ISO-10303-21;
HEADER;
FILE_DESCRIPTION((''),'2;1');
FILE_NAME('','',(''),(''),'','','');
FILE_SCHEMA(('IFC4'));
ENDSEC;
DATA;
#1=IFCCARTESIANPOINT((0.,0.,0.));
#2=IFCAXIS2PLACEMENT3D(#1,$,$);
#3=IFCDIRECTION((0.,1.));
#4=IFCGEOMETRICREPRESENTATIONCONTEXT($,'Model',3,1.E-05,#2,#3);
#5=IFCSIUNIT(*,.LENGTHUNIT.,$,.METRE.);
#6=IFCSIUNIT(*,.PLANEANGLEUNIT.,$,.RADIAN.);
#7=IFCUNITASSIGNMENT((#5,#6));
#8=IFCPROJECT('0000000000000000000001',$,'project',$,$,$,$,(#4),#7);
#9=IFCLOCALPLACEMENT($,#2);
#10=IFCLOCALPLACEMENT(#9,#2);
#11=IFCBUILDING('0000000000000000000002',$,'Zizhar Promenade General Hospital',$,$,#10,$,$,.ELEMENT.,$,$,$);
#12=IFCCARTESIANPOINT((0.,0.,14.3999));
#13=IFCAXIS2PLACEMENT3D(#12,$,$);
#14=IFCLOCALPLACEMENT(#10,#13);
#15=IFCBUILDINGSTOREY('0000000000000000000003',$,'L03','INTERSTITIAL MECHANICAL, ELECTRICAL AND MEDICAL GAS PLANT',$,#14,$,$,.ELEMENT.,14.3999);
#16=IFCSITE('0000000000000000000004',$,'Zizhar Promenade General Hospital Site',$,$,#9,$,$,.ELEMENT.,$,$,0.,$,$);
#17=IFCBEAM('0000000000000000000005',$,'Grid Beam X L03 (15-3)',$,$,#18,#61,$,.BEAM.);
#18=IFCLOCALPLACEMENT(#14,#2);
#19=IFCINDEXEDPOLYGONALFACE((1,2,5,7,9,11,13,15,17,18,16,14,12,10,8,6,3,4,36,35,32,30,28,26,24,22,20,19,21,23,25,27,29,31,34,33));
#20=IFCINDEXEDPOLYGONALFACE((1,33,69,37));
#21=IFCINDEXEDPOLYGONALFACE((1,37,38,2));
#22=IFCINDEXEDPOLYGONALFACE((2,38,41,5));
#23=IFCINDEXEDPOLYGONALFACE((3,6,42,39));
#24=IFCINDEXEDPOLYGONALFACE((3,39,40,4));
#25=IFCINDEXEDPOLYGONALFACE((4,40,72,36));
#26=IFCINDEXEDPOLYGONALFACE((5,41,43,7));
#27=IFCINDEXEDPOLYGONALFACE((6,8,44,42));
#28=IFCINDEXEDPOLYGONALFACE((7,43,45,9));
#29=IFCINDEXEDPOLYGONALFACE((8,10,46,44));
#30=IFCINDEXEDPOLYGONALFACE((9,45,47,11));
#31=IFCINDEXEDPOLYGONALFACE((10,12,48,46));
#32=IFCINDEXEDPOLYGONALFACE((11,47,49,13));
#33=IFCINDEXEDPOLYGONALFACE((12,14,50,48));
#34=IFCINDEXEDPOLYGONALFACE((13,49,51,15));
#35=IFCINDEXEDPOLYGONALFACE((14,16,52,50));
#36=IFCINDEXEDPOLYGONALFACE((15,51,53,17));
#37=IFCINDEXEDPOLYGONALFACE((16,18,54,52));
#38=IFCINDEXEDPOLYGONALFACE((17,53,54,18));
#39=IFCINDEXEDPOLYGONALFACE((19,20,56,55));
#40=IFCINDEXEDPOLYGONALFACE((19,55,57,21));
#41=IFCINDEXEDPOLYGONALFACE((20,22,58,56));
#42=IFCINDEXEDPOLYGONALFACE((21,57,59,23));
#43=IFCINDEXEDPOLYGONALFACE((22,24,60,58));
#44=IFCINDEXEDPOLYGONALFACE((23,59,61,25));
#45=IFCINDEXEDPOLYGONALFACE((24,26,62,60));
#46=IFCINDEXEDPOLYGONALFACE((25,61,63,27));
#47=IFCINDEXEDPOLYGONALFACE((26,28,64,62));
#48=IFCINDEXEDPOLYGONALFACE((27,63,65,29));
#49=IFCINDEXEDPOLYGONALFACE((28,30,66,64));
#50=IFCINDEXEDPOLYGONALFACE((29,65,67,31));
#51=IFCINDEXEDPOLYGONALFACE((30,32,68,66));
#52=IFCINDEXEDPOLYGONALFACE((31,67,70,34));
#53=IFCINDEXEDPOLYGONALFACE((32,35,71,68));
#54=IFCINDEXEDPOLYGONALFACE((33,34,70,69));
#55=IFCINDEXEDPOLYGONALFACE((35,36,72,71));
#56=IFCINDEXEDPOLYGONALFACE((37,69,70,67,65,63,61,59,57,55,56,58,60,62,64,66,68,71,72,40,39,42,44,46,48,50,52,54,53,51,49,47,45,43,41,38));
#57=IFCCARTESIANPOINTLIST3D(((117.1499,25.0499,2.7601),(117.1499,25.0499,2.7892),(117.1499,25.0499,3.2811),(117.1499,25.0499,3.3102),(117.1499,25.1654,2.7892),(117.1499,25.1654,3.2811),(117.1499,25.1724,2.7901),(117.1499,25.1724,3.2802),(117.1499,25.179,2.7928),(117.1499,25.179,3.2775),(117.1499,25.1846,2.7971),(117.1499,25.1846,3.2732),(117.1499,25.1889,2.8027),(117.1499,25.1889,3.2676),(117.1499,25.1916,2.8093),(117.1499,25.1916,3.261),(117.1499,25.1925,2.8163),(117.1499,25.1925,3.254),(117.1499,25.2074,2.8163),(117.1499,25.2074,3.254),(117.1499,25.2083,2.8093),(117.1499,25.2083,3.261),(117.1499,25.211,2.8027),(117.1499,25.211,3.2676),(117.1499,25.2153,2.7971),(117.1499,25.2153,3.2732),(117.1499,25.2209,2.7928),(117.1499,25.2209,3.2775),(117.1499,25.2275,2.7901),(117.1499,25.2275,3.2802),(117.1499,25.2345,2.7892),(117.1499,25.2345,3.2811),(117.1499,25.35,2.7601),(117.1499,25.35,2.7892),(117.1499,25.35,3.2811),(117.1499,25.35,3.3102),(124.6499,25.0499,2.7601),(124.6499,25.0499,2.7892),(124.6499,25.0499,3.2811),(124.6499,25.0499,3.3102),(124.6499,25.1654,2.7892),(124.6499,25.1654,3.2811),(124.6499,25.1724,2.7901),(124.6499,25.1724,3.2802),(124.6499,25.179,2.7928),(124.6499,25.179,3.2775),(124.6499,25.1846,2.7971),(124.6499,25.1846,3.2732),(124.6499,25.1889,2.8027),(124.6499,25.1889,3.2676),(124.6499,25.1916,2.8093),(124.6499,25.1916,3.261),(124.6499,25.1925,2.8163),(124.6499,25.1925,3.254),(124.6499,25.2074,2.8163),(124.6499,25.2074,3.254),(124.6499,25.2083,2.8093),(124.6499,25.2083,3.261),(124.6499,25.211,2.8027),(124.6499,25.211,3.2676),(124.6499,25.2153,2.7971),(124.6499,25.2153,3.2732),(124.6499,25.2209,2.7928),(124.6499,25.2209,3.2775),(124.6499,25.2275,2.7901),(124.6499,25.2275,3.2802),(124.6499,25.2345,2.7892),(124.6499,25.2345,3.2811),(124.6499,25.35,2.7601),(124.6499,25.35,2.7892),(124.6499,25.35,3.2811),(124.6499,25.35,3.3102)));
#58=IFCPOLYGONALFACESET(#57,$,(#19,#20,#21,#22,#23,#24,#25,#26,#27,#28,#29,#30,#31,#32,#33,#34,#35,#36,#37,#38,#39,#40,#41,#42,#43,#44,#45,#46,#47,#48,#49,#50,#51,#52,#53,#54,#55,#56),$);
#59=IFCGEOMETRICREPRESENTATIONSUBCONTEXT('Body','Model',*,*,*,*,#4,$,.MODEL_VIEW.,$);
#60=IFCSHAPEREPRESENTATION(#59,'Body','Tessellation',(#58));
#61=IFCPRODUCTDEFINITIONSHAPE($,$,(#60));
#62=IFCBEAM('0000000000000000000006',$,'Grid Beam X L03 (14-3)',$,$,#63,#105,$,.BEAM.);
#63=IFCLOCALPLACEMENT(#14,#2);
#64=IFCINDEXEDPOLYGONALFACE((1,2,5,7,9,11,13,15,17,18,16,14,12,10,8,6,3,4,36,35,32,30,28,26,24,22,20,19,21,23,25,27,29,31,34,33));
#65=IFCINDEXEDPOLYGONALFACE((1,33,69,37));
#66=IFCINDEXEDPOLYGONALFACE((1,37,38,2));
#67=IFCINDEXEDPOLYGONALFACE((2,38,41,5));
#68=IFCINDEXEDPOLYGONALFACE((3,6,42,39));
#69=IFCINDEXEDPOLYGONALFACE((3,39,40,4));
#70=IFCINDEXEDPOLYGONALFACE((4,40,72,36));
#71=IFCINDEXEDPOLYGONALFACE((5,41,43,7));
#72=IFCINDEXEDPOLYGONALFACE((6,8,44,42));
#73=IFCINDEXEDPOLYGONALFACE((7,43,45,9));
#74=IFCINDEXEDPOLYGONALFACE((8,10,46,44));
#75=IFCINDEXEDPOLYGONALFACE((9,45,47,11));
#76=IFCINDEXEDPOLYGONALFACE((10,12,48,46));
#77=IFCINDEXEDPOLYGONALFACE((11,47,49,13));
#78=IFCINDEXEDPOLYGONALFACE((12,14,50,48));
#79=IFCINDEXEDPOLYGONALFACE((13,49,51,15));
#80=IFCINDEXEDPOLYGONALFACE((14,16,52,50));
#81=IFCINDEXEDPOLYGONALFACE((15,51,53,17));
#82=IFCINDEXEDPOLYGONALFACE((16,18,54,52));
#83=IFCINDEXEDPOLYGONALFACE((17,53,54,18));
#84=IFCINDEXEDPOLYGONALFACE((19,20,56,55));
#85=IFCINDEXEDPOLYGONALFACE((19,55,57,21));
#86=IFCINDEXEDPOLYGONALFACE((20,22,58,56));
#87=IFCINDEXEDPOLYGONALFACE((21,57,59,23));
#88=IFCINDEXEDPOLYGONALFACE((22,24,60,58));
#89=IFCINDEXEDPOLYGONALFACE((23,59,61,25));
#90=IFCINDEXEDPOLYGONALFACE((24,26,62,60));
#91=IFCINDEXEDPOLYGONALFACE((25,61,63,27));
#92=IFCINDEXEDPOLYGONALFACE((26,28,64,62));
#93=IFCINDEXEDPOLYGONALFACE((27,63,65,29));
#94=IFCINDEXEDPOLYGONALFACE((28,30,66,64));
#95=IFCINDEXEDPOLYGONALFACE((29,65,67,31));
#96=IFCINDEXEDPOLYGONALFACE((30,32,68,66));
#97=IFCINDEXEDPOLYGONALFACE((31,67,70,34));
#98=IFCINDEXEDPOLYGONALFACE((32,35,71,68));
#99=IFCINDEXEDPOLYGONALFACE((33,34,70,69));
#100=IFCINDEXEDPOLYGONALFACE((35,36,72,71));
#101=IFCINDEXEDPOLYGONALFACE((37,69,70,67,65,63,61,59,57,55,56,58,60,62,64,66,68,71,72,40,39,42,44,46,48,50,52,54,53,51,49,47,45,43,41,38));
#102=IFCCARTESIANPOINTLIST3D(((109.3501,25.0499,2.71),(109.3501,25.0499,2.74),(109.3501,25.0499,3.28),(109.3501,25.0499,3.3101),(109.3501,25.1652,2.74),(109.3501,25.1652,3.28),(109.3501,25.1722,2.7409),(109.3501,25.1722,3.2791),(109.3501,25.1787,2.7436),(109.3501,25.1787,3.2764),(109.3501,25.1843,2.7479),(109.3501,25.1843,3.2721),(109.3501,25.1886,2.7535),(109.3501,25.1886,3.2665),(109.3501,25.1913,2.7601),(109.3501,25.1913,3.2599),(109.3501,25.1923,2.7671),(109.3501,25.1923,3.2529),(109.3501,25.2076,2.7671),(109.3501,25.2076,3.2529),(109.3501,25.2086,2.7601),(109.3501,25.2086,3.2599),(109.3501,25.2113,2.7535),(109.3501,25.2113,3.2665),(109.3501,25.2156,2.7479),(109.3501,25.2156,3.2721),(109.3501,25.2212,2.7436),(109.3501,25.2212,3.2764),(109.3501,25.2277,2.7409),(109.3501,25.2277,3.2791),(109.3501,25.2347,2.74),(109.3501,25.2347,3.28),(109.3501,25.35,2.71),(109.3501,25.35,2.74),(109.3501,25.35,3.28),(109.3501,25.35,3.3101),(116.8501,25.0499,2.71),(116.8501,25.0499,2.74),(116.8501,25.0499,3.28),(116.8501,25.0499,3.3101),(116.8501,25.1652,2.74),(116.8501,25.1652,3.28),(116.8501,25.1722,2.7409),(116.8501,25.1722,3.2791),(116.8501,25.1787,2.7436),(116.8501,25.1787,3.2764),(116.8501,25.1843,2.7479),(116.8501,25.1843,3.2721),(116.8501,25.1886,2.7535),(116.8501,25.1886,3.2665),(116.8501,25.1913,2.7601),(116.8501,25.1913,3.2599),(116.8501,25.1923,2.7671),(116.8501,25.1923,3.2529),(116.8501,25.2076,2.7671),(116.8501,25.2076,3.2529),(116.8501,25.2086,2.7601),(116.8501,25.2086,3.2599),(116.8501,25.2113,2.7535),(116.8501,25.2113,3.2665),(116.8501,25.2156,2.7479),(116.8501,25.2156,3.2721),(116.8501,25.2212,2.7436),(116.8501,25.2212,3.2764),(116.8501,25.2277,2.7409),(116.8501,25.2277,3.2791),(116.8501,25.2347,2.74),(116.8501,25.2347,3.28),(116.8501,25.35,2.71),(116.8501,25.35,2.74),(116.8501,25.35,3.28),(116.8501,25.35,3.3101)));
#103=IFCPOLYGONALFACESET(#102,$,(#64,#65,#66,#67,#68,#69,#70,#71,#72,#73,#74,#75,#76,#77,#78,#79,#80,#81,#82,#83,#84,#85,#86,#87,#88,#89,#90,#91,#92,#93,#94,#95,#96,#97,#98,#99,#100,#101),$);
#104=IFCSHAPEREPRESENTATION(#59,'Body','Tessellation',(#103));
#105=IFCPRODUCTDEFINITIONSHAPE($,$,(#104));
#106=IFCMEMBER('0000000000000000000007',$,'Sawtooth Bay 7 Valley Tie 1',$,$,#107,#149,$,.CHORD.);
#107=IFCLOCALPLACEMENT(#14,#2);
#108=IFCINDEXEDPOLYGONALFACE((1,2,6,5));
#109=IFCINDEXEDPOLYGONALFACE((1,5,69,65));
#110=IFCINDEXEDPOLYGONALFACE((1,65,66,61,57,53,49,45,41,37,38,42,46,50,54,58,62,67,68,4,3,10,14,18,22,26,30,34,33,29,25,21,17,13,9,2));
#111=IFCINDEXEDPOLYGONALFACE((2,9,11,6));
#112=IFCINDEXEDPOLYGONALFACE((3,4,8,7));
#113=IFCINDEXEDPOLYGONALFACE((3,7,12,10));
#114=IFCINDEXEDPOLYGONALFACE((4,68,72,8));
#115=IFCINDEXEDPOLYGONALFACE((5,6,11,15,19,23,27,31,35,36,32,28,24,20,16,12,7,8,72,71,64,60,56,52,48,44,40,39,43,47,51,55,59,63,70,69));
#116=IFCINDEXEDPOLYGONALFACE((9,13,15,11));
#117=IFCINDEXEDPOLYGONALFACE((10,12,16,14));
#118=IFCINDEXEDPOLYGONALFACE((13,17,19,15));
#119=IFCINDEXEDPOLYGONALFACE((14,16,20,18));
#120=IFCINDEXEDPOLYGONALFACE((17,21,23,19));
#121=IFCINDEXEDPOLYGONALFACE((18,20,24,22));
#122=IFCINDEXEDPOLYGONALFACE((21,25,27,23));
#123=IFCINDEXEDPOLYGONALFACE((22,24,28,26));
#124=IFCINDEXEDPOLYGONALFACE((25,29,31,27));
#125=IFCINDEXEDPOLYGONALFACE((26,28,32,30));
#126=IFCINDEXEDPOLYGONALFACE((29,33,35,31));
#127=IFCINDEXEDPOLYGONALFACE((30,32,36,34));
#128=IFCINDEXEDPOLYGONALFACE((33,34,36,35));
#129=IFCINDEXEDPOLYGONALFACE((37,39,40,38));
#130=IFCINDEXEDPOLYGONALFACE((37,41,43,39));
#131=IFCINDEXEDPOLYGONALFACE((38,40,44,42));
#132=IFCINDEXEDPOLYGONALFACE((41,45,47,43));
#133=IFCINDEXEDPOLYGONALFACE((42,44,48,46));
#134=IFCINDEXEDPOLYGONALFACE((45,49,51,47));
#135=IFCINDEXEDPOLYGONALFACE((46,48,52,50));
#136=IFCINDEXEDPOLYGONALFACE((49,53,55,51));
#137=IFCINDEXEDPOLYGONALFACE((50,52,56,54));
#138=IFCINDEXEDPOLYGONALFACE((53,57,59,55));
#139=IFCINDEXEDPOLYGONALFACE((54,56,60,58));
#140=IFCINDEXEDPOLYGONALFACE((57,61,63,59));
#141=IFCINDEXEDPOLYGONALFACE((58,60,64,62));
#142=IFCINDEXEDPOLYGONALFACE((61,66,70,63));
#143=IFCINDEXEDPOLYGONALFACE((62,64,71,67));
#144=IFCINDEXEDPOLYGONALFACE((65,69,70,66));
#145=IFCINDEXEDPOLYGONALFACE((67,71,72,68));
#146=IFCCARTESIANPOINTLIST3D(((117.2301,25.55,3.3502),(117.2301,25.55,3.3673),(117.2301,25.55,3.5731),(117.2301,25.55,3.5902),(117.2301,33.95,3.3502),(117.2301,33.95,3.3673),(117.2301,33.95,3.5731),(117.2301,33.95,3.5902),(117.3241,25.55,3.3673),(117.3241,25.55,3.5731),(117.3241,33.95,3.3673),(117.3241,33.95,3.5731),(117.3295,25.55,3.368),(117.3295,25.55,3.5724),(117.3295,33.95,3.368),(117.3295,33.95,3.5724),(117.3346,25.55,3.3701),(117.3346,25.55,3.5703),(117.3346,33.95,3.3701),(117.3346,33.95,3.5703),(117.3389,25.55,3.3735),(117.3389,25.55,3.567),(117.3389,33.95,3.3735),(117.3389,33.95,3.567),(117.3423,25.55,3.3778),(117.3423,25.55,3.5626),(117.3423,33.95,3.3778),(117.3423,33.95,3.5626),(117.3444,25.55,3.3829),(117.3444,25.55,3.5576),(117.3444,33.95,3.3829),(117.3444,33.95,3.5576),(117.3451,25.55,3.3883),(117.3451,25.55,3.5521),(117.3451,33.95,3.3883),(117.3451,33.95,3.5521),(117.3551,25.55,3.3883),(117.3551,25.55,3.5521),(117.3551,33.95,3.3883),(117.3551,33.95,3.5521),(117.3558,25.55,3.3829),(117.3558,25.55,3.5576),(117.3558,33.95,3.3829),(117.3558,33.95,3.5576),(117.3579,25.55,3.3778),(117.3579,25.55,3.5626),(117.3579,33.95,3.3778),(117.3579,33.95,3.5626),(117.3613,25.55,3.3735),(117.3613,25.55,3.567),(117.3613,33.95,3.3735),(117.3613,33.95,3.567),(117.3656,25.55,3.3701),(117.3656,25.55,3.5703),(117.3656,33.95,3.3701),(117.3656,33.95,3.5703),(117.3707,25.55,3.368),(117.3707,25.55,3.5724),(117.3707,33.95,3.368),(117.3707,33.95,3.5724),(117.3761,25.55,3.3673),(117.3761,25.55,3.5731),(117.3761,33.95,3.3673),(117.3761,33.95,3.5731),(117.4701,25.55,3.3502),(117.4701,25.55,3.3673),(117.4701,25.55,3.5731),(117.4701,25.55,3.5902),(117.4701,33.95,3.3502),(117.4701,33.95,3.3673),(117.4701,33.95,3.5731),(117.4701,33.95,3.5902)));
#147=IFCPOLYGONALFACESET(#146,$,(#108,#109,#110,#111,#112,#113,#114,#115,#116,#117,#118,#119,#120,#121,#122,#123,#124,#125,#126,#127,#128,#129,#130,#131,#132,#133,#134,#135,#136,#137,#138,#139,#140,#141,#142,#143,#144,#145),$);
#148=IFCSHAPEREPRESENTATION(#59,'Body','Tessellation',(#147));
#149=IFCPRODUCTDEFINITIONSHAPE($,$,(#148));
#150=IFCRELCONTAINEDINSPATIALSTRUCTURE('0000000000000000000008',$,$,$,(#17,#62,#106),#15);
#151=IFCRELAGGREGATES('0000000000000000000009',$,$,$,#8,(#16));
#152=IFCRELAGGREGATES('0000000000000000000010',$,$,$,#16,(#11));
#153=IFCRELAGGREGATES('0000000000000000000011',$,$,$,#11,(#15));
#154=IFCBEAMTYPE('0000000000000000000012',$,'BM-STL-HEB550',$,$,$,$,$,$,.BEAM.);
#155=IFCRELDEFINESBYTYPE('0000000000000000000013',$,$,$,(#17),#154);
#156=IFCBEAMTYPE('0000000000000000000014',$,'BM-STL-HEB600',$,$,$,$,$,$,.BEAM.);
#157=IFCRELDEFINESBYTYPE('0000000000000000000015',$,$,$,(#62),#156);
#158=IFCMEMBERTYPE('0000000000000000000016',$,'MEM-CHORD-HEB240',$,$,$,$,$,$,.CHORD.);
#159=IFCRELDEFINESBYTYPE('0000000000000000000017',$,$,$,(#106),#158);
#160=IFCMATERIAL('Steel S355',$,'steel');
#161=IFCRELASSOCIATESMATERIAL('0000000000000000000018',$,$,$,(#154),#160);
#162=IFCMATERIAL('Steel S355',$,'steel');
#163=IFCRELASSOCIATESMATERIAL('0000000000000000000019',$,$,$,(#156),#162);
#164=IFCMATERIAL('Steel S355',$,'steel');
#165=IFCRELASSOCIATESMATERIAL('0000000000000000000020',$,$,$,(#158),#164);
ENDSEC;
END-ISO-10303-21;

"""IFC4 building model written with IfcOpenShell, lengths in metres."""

from ifc_helpers import new_model, si_unit, direction, frame, origin, origin_2d, place, context, subcontext, project, spatial, i_section, extrude, material, material_profile, profile_set, type_object, element, save


model = new_model("IFC4")

# Units and contexts
model_context = context("Model", 3, precision=1e-05, world=origin(), true_north=direction((0.0, 1.0)))
body_context = subcontext(model_context, "Body", "Model", "MODEL_VIEW")
ifc_project = project(units=[si_unit("LENGTHUNIT", "METRE"), si_unit("PLANEANGLEUNIT", "RADIAN")], contexts=[model_context])

# Site, building, storey
site_placement = place(None, origin())
site = spatial("IfcSite", under=ifc_project, at=site_placement, Name="Zizhar Promenade General Hospital Site", CompositionType="ELEMENT", RefElevation=0.0)
building_placement = place(site_placement, origin())
building = spatial("IfcBuilding", under=site, at=building_placement, Name="Zizhar Promenade General Hospital", CompositionType="ELEMENT")
storey_placement = place(building_placement, frame((0.0, 0.0, 14.3999)))
storey = spatial("IfcBuildingStorey", under=building, at=storey_placement, Name="L03", Description="INTERSTITIAL MECHANICAL, ELECTRICAL AND MEDICAL GAS PLANT", CompositionType="ELEMENT", Elevation=14.3999)

# Beams
ifc_material_1 = material(Name="Steel S355", Category="steel")
ifc_material_profile_1 = material_profile(ifc_material_1, i_section(OverallWidth=0.3, OverallDepth=0.55, WebThickness=0.0149, FlangeThickness=0.0291, FilletRadius=0.0271, at=origin_2d()))
ifc_profile_set_1 = profile_set([ifc_material_profile_1], Name="Steel S355")
beam_type_1 = type_object("IfcBeamType", Name="BM-STL-HEB550", PredefinedType="BEAM", material=ifc_profile_set_1)
beam_1_placement = place(storey_placement, frame((117.1499, 25.2, 3.0352), z_axis=(1.0, 0.0, 0.0), x_axis=(0.0, 1.0, 0.0)))
element("IfcBeam", 1, at=beam_1_placement, inside=storey, type_object=beam_type_1, Name="Grid Beam X L03 (15-3)", PredefinedType="BEAM", context=body_context, shape_type="SweptSolid", body=[
    extrude(i_section(OverallWidth=0.3, OverallDepth=0.55, WebThickness=0.0149, FlangeThickness=0.0291, FilletRadius=0.0271, at=origin_2d()), origin(), (0.0, 0.0, 1.0), 7.5),
])
ifc_material_2 = material(Name="Steel S355", Category="steel")
ifc_material_profile_2 = material_profile(ifc_material_2, i_section(OverallWidth=0.3, OverallDepth=0.6001, WebThickness=0.0154, FlangeThickness=0.03, FilletRadius=0.0271, at=origin_2d()))
ifc_profile_set_2 = profile_set([ifc_material_profile_2], Name="Steel S355")
beam_type_2 = type_object("IfcBeamType", Name="BM-STL-HEB600", PredefinedType="BEAM", material=ifc_profile_set_2)
beam_2_placement = place(storey_placement, frame((109.3501, 25.2, 3.01), z_axis=(1.0, 0.0, 0.0), x_axis=(0.0, 1.0, 0.0)))
element("IfcBeam", 2, at=beam_2_placement, inside=storey, type_object=beam_type_2, Name="Grid Beam X L03 (14-3)", PredefinedType="BEAM", context=body_context, shape_type="SweptSolid", body=[
    extrude(i_section(OverallWidth=0.3, OverallDepth=0.6001, WebThickness=0.0154, FlangeThickness=0.03, FilletRadius=0.0271, at=origin_2d()), origin(), (0.0, 0.0, 1.0), 7.5),
])

# Member
ifc_material_3 = material(Name="Steel S355", Category="steel")
ifc_material_profile_3 = material_profile(ifc_material_3, i_section(OverallWidth=0.24, OverallDepth=0.24, WebThickness=0.01, FlangeThickness=0.0171, FilletRadius=0.021, at=origin_2d()))
ifc_profile_set_3 = profile_set([ifc_material_profile_3], Name="Steel S355")
member_type_1 = type_object("IfcMemberType", Name="MEM-CHORD-HEB240", PredefinedType="CHORD", material=ifc_profile_set_3)
member_1_placement = place(storey_placement, frame((117.3501, 25.55, 3.4702), z_axis=(0.0, 1.0, 0.0), x_axis=(-1.0, 0.0, 0.0)))
element("IfcMember", 3, at=member_1_placement, inside=storey, type_object=member_type_1, Name="Sawtooth Bay 7 Valley Tie 1", PredefinedType="CHORD", context=body_context, shape_type="SweptSolid", body=[
    extrude(i_section(OverallWidth=0.24, OverallDepth=0.24, WebThickness=0.01, FlangeThickness=0.0171, FilletRadius=0.021, at=origin_2d()), origin(), (0.0, 0.0, 1.0), 8.3999),
])

save(model, "model.ifc")
